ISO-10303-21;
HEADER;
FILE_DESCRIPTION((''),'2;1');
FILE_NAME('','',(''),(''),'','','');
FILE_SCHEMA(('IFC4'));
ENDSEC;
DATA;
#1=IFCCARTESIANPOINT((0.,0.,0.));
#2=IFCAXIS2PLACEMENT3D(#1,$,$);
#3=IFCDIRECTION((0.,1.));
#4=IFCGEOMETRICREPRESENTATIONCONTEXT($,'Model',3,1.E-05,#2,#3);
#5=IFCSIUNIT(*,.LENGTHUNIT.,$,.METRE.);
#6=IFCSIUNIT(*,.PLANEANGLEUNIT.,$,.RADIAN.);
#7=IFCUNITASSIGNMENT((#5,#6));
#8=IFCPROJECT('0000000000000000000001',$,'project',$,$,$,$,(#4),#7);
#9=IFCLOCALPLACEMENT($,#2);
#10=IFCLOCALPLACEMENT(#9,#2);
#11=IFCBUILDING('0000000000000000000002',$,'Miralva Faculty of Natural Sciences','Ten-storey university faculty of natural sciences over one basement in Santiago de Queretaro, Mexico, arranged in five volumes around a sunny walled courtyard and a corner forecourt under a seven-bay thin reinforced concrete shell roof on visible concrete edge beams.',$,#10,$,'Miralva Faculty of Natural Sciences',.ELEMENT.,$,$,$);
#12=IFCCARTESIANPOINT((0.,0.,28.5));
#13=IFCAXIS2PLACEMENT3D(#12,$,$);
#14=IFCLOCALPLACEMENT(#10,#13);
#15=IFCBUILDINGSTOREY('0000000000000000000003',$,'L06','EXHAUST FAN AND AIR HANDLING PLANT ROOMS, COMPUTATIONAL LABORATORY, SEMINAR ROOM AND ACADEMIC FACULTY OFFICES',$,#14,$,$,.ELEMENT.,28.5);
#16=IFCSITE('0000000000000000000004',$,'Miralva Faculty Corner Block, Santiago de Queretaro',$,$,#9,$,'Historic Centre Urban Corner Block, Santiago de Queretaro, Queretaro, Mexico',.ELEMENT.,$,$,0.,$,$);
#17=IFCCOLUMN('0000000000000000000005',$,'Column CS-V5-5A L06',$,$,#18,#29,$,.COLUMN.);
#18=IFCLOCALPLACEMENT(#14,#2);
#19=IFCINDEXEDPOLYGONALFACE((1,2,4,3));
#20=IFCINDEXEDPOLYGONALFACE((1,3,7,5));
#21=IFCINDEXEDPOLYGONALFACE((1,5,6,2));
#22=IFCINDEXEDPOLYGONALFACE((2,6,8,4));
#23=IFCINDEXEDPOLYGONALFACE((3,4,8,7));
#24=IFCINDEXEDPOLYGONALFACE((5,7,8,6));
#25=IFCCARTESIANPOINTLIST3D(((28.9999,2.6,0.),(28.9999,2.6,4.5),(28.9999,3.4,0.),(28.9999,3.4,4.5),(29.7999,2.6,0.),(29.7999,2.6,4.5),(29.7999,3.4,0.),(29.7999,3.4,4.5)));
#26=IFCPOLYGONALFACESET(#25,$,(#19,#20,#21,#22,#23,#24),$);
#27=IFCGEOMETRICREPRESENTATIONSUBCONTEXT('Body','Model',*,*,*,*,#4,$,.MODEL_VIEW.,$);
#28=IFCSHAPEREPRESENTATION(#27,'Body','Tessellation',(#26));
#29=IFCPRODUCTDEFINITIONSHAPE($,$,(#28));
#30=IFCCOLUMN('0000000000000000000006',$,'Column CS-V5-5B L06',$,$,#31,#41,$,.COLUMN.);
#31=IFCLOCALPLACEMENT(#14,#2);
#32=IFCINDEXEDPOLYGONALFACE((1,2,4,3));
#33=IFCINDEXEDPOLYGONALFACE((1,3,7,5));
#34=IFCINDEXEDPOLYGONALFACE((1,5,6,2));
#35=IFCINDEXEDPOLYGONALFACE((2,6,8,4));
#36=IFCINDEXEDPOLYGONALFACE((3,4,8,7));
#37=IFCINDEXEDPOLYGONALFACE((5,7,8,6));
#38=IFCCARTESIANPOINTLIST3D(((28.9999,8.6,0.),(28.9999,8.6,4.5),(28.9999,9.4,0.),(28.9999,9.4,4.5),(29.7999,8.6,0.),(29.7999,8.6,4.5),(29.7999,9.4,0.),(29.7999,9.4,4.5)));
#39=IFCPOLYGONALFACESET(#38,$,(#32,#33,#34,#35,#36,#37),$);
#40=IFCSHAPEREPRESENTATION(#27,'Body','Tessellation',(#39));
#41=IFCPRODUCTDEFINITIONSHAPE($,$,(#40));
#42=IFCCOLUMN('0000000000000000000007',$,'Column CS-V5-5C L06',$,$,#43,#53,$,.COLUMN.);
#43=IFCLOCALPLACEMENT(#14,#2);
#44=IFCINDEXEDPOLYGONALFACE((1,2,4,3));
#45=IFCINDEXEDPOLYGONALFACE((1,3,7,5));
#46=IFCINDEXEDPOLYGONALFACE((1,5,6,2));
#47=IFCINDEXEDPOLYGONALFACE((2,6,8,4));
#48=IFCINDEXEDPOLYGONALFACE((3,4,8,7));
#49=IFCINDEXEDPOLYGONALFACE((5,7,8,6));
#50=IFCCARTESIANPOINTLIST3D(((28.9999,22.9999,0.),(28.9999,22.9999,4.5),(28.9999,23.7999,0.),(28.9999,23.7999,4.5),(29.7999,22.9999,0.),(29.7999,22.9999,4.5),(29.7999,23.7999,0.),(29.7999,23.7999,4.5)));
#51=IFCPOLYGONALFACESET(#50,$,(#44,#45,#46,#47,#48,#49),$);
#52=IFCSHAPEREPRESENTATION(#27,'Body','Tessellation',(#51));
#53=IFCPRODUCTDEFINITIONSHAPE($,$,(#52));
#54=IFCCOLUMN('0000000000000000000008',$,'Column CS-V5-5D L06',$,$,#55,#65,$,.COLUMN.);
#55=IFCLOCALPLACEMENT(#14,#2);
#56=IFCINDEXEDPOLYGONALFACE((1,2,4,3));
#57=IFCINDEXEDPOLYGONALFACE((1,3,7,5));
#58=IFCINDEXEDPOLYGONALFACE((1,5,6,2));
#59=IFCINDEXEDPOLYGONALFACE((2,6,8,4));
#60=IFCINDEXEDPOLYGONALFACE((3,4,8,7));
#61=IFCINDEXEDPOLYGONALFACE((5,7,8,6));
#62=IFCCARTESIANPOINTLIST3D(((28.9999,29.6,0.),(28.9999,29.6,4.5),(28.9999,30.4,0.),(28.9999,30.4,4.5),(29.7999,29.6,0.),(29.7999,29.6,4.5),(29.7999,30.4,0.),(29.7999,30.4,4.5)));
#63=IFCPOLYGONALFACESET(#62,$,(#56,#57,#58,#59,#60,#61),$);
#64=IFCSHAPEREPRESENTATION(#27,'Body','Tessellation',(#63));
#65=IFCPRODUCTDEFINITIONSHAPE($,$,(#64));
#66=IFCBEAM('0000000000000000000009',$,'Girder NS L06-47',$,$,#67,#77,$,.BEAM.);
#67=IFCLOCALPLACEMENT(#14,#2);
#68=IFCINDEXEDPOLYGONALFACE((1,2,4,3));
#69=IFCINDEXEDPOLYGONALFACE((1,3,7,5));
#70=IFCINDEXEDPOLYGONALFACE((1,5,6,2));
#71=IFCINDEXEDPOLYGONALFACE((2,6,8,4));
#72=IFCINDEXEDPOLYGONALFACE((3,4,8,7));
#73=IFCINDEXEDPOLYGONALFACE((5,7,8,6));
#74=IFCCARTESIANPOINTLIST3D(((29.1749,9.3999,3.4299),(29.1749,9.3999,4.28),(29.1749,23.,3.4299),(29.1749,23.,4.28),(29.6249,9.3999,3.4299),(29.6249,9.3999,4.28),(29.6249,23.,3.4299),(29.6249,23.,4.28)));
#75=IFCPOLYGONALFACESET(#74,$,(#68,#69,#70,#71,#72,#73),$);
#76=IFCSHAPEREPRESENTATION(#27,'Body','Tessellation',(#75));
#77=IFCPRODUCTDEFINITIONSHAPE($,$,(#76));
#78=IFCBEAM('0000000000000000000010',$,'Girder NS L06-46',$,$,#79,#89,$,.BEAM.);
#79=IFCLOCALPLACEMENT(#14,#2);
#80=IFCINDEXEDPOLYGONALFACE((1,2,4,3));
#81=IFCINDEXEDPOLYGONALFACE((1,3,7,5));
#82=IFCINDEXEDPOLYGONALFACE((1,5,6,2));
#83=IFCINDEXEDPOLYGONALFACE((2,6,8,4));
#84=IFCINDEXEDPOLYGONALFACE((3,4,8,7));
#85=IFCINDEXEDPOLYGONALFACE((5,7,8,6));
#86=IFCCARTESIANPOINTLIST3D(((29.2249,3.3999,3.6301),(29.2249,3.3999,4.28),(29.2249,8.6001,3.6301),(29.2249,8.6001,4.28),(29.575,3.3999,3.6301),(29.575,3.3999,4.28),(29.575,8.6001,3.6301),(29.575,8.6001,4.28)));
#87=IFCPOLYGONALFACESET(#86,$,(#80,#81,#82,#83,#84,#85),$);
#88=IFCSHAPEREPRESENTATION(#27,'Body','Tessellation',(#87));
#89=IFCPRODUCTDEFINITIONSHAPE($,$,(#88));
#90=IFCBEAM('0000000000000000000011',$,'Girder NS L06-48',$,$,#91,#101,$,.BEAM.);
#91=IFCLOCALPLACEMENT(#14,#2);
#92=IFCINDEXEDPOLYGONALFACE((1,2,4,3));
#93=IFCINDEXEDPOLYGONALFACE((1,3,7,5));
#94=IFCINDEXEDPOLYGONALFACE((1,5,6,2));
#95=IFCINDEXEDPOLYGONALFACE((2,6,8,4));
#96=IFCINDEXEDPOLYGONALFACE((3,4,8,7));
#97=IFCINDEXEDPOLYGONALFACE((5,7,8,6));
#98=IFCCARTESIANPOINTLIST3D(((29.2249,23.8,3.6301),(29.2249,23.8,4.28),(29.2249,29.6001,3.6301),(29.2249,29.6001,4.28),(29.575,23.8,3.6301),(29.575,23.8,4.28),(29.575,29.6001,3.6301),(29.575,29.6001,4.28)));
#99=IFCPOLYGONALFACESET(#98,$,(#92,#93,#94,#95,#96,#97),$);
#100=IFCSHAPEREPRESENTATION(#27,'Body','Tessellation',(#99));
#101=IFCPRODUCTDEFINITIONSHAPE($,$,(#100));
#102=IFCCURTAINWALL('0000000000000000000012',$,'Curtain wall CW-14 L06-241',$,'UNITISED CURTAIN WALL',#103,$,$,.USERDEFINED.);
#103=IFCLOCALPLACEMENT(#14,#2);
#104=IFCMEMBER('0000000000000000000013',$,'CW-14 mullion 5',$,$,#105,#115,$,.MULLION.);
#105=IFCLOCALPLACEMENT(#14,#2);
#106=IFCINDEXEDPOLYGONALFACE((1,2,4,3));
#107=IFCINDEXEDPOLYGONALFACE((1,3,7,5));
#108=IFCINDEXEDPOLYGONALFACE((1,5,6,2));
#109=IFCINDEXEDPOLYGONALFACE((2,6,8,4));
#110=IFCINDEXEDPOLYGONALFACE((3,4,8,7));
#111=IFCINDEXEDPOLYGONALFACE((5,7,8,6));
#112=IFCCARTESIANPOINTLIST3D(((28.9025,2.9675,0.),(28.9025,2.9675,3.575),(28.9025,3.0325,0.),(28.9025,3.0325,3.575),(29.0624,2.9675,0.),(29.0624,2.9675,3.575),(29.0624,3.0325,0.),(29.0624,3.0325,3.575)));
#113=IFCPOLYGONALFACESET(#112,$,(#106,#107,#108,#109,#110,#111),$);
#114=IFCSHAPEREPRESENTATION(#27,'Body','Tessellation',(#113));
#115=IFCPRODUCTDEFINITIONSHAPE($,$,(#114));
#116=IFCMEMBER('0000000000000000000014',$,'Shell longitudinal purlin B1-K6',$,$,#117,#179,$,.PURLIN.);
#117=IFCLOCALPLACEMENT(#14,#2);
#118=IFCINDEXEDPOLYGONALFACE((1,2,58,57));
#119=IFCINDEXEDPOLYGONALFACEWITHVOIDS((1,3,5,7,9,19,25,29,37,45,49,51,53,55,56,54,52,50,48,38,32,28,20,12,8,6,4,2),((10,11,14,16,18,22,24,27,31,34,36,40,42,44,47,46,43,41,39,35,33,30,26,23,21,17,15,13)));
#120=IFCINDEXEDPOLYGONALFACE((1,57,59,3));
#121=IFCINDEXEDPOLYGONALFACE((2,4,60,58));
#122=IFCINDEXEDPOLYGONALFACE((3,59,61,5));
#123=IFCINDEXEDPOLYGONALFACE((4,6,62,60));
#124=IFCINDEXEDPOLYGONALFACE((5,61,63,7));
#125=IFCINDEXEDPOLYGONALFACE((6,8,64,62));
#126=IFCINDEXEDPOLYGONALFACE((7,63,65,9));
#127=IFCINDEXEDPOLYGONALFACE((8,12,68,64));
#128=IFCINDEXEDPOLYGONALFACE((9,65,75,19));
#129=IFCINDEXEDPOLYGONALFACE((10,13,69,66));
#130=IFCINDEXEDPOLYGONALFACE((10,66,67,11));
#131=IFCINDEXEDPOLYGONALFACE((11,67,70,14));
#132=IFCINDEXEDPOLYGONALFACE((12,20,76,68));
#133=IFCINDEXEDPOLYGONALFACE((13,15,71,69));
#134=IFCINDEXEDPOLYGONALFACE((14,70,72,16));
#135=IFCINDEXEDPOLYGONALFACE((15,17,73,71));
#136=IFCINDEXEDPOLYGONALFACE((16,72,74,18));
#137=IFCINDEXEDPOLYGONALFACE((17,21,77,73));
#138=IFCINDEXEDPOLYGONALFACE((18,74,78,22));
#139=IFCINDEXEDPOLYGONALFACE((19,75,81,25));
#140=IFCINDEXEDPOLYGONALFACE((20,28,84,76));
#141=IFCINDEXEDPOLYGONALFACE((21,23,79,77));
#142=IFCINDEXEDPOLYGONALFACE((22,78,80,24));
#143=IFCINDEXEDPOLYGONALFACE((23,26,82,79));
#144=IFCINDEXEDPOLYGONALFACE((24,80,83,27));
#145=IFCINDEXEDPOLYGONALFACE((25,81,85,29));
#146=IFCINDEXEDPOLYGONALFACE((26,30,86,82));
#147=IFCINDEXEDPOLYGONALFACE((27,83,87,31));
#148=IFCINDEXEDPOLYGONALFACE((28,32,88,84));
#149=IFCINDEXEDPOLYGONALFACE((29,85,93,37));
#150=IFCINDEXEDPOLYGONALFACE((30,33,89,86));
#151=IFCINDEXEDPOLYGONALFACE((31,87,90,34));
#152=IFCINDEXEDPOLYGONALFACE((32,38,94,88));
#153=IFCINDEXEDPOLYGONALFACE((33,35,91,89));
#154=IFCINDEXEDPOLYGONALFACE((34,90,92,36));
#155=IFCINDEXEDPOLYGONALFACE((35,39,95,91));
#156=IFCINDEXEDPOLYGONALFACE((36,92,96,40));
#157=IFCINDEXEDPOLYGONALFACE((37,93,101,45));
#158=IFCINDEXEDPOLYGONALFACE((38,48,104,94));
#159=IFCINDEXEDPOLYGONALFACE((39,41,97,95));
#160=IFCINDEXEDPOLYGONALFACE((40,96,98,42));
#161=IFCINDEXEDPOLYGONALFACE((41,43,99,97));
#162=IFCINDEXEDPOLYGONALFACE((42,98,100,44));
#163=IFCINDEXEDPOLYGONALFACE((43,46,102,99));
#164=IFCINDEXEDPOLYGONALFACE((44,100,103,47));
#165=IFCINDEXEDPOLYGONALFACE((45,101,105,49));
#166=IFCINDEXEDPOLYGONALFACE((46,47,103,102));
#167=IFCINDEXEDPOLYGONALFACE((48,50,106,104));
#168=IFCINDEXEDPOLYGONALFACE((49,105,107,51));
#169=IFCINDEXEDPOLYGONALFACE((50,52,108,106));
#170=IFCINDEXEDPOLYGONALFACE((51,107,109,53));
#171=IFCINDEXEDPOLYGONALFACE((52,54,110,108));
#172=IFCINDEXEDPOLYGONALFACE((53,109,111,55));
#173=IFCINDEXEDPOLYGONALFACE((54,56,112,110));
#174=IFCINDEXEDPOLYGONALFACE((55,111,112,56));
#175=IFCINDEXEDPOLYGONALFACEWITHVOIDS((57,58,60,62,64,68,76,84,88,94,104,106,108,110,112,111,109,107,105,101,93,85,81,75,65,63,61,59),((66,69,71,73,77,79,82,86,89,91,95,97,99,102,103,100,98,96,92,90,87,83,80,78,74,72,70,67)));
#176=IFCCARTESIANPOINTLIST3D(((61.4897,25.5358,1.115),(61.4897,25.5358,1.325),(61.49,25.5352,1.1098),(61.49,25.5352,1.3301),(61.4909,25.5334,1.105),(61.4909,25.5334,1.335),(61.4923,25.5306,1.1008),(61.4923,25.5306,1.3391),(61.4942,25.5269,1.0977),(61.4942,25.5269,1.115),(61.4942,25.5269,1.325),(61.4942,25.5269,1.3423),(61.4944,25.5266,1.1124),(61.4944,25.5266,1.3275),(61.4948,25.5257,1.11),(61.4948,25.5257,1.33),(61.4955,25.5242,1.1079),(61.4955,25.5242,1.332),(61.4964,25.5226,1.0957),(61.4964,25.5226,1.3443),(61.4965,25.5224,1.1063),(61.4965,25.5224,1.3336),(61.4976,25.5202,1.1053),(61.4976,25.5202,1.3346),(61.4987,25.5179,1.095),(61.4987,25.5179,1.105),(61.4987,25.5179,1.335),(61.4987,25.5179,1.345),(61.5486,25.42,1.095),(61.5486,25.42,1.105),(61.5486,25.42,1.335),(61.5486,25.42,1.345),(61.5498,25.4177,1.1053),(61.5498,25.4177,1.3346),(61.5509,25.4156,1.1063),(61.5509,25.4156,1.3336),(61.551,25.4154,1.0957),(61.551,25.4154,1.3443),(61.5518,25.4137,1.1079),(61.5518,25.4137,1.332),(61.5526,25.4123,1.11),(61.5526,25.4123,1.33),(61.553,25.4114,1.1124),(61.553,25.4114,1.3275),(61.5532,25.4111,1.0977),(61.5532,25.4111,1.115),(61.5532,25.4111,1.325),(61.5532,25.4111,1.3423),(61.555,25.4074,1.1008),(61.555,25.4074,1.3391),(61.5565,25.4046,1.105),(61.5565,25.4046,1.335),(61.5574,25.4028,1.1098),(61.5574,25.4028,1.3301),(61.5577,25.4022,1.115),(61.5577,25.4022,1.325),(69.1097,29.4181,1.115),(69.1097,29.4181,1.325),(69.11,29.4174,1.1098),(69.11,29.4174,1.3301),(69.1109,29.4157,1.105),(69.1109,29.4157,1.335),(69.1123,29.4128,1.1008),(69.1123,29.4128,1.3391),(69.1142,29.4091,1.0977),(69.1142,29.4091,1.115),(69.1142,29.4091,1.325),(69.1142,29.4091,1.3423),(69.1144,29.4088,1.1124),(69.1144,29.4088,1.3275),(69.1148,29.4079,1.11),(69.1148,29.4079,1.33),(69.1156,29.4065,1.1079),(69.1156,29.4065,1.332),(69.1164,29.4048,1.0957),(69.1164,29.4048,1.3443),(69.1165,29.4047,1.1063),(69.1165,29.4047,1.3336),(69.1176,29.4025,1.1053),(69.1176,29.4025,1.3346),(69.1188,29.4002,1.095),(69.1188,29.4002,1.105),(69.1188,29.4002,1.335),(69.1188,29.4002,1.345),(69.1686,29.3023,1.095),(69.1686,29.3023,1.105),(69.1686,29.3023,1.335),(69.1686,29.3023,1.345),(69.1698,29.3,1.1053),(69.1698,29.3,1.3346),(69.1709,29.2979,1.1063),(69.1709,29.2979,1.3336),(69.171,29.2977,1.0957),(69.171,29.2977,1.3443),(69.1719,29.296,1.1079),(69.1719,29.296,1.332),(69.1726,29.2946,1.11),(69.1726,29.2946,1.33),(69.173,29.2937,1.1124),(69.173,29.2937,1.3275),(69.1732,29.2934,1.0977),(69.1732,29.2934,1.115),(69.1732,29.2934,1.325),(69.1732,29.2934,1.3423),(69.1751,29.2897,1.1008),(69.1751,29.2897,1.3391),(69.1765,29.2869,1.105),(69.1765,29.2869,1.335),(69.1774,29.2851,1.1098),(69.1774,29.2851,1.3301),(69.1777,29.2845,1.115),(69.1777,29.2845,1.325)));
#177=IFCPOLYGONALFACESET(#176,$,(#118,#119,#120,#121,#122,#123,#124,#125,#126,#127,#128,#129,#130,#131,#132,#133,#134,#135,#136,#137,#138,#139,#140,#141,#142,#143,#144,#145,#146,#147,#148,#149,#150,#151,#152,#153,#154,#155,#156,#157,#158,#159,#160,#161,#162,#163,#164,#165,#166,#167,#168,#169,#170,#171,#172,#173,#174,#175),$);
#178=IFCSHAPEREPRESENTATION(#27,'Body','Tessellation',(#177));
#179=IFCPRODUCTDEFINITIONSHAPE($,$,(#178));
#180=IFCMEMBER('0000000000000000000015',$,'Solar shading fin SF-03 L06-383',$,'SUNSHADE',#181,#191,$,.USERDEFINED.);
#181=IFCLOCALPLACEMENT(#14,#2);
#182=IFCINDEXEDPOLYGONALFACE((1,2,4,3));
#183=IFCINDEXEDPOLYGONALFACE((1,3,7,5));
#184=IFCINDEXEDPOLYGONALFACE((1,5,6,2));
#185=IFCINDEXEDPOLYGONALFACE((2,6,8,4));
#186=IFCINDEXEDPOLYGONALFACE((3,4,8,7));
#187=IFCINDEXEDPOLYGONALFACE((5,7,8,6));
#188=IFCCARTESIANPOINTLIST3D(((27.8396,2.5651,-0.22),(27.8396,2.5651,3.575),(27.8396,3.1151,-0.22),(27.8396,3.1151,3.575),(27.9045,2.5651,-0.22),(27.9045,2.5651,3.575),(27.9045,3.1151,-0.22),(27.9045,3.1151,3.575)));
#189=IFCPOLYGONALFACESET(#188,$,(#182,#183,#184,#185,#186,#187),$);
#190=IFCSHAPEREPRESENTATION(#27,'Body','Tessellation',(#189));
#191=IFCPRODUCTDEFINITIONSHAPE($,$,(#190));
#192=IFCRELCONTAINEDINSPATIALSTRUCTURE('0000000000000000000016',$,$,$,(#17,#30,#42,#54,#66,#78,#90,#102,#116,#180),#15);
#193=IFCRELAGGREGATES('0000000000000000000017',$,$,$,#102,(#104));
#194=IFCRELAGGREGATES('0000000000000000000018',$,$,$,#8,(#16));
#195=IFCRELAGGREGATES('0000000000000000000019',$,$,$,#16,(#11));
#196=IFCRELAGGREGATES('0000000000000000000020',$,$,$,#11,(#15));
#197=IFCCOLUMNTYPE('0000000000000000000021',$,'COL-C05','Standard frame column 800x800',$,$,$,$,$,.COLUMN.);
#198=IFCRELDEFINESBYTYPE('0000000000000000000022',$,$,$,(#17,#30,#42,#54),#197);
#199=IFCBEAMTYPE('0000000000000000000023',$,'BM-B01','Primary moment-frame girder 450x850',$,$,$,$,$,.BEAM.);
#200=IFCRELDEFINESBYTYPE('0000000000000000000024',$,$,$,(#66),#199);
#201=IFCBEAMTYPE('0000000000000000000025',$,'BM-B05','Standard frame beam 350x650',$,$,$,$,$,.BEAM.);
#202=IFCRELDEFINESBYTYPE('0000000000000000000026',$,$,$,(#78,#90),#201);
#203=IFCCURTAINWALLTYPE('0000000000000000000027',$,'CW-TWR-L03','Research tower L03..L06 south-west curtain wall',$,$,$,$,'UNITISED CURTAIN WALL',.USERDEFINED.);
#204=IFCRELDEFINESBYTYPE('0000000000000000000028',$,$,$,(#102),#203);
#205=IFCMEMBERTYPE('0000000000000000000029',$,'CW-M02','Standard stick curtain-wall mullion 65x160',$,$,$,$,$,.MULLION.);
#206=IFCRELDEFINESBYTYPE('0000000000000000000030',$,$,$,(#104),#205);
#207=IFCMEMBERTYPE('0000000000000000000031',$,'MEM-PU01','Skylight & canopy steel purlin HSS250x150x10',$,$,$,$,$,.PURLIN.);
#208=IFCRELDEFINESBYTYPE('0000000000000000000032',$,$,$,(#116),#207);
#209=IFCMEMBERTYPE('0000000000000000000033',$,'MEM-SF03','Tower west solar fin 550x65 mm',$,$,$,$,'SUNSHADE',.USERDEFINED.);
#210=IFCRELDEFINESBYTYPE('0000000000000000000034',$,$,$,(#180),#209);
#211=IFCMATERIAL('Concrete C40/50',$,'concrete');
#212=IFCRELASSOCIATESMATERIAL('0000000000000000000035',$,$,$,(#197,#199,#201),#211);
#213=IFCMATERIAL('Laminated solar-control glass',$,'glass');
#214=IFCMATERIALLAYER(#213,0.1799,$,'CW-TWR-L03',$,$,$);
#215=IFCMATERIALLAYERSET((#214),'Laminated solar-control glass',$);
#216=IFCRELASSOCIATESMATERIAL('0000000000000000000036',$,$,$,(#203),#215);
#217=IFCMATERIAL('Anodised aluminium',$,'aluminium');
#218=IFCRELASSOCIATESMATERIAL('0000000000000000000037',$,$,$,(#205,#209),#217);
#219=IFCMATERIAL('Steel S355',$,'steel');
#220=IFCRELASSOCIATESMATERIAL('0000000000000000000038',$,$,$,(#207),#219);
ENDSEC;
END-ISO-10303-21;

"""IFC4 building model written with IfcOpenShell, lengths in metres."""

from ifc_helpers import new_model, si_unit, direction, frame, origin, origin_2d, place, context, subcontext, project, spatial, rectangle, hollow_rectangle, extrude, material, layer, layer_set, material_profile, profile_set, type_object, element, aggregate, save


model = new_model("IFC4")

# Units and contexts
model_context = context("Model", 3, precision=1e-05, world=origin(), true_north=direction((0.0, 1.0)))
body_context = subcontext(model_context, "Body", "Model", "MODEL_VIEW")
ifc_project = project(units=[si_unit("LENGTHUNIT", "METRE"), si_unit("PLANEANGLEUNIT", "RADIAN")], contexts=[model_context])

# Site, building, storey
site_placement = place(None, origin())
site = spatial("IfcSite", under=ifc_project, at=site_placement, Name="Miralva Faculty Corner Block, Santiago de Queretaro", LongName="Historic Centre Urban Corner Block, Santiago de Queretaro, Queretaro, Mexico", CompositionType="ELEMENT", RefElevation=0.0)
building_placement = place(site_placement, origin())
building = spatial("IfcBuilding", under=site, at=building_placement, Name="Miralva Faculty of Natural Sciences", Description="Ten-storey university faculty of natural sciences over one basement in Santiago de Queretaro, Mexico, arranged in five volumes around a sunny walled courtyard and a corner forecourt under a seven-bay thin reinforced concrete shell roof on visible concrete edge beams.", LongName="Miralva Faculty of Natural Sciences", CompositionType="ELEMENT")
storey_placement = place(building_placement, frame((0.0, 0.0, 28.5)))
storey = spatial("IfcBuildingStorey", under=building, at=storey_placement, Name="L06", Description="EXHAUST FAN AND AIR HANDLING PLANT ROOMS, COMPUTATIONAL LABORATORY, SEMINAR ROOM AND ACADEMIC FACULTY OFFICES", CompositionType="ELEMENT", Elevation=28.5)

# Columns
ifc_material_1 = material(Name="Concrete C40/50", Category="concrete")
ifc_material_profile_1 = material_profile(ifc_material_1, rectangle(XDim=0.8, YDim=0.8, at=origin_2d()), Name="RC 800x800")
ifc_profile_set_1 = profile_set([ifc_material_profile_1], Name="Concrete C40/50")
column_type = type_object("IfcColumnType", Name="COL-C05", Description="Standard frame column 800x800", PredefinedType="COLUMN", material=ifc_profile_set_1)
for number, where, z_axis, x_axis, name in (
    (1, (29.3999, 3.0, 0.0), (0.0, 0.0, 1.0), (1.0, 0.0, 0.0), "Column CS-V5-5A L06"),
    (2, (29.3999, 9.0, 0.0), (0.0, 0.0, 1.0), (1.0, 0.0, 0.0), "Column CS-V5-5B L06"),
    (3, (29.3999, 23.3999, 0.0), (0.0, 0.0, 1.0), (1.0, 0.0, 0.0), "Column CS-V5-5C L06"),
    (4, (29.3999, 30.0, 0.0), (0.0, 0.0, 1.0), (1.0, 0.0, 0.0), "Column CS-V5-5D L06"),
):
    element("IfcColumn", number, at=place(storey_placement, frame(where, z_axis=z_axis, x_axis=x_axis)), inside=storey, type_object=column_type, Name=name, PredefinedType="COLUMN", context=body_context, shape_type="SweptSolid", body=[
        extrude(rectangle(XDim=0.8, YDim=0.8, at=origin_2d()), origin(), (0.0, 0.0, 1.0), 4.5),
    ])

# Beams
ifc_material_profile_2 = material_profile(ifc_material_1, rectangle(XDim=0.45, YDim=0.8501, at=origin_2d()), Name="RC 450x850")
ifc_profile_set_2 = profile_set([ifc_material_profile_2], Name="Concrete C40/50")
beam_type_1 = type_object("IfcBeamType", Name="BM-B01", Description="Primary moment-frame girder 450x850", PredefinedType="BEAM", material=ifc_profile_set_2)
beam_1_placement = place(storey_placement, frame((29.3999, 9.3999, 3.855), z_axis=(0.0, 1.0, 0.0), x_axis=(-1.0, 0.0, 0.0)))
element("IfcBeam", 5, at=beam_1_placement, inside=storey, type_object=beam_type_1, Name="Girder NS L06-47", PredefinedType="BEAM", context=body_context, shape_type="SweptSolid", body=[
    extrude(rectangle(XDim=0.45, YDim=0.8501, at=origin_2d()), origin(), (0.0, 0.0, 1.0), 13.6001),
])
ifc_material_profile_3 = material_profile(ifc_material_1, rectangle(XDim=0.3501, YDim=0.6499, at=origin_2d()), Name="RC 350x650")
ifc_profile_set_3 = profile_set([ifc_material_profile_3], Name="Concrete C40/50")
beam_type_2 = type_object("IfcBeamType", Name="BM-B05", Description="Standard frame beam 350x650", PredefinedType="BEAM", material=ifc_profile_set_3)
beam_2_placement = place(storey_placement, frame((29.3999, 3.3999, 3.9551), z_axis=(0.0, 1.0, 0.0), x_axis=(-1.0, 0.0, 0.0)))
element("IfcBeam", 6, at=beam_2_placement, inside=storey, type_object=beam_type_2, Name="Girder NS L06-46", PredefinedType="BEAM", context=body_context, shape_type="SweptSolid", body=[
    extrude(rectangle(XDim=0.3501, YDim=0.6499, at=origin_2d()), origin(), (0.0, 0.0, 1.0), 5.2002),
])
beam_3_placement = place(storey_placement, frame((29.3999, 23.8, 3.9551), z_axis=(0.0, 1.0, 0.0), x_axis=(-1.0, 0.0, 0.0)))
element("IfcBeam", 7, at=beam_3_placement, inside=storey, type_object=beam_type_2, Name="Girder NS L06-48", PredefinedType="BEAM", context=body_context, shape_type="SweptSolid", body=[
    extrude(rectangle(XDim=0.3501, YDim=0.6499, at=origin_2d()), origin(), (0.0, 0.0, 1.0), 5.8),
])

# Curtain wall, member
ifc_material_2 = material(Name="Laminated solar-control glass", Category="glass")
ifc_layer_1 = layer(ifc_material_2, 0.1799, Name="CW-TWR-L03")
ifc_layer_set_1 = layer_set([ifc_layer_1], Name="Laminated solar-control glass")
curtain_wall_type = type_object("IfcCurtainWallType", Name="CW-TWR-L03", Description="Research tower L03..L06 south-west curtain wall", ElementType="UNITISED CURTAIN WALL", PredefinedType="USERDEFINED", material=ifc_layer_set_1)
curtain_wall_placement = place(storey_placement, origin())
curtain_wall = element("IfcCurtainWall", 8, at=curtain_wall_placement, inside=storey, type_object=curtain_wall_type, Name="Curtain wall CW-14 L06-241", ObjectType="UNITISED CURTAIN WALL", PredefinedType="USERDEFINED")
ifc_material_3 = material(Name="Anodised aluminium", Category="aluminium")
ifc_material_profile_4 = material_profile(ifc_material_3, rectangle(XDim=0.0649, YDim=0.1599, at=origin_2d()), Name="MULLION 65x160")
ifc_profile_set_4 = profile_set([ifc_material_profile_4], Name="Anodised aluminium")
member_type_1 = type_object("IfcMemberType", Name="CW-M02", Description="Standard stick curtain-wall mullion 65x160", PredefinedType="MULLION", material=ifc_profile_set_4)
member_1_placement = place(storey_placement, frame((28.9824, 3.0, 0.0), z_axis=(0.0, 0.0, 1.0), x_axis=(0.0, 1.0, 0.0)))
member_1 = element("IfcMember", 9, at=member_1_placement, type_object=member_type_1, Name="CW-14 mullion 5", PredefinedType="MULLION", context=body_context, shape_type="SweptSolid", body=[
    extrude(rectangle(XDim=0.0649, YDim=0.1599, at=origin_2d()), origin(), (0.0, 0.0, 1.0), 3.575),
])

# Members
ifc_material_4 = material(Name="Steel S355", Category="steel")
ifc_material_profile_5 = material_profile(ifc_material_4, hollow_rectangle(XDim=0.1499, YDim=0.25, WallThickness=0.01, InnerFilletRadius=0.01, OuterFilletRadius=0.02, at=origin_2d()), Name="HSS 250x150x10")
ifc_profile_set_5 = profile_set([ifc_material_profile_5], Name="Steel S355")
member_type_2 = type_object("IfcMemberType", Name="MEM-PU01", Description="Skylight & canopy steel purlin HSS250x150x10", PredefinedType="PURLIN", material=ifc_profile_set_5)
member_2_placement = place(storey_placement, frame((61.5237, 25.469, 1.22), z_axis=(0.891022, 0.453961, 0.0), x_axis=(-0.453961, 0.891022, 0.0)))
element("IfcMember", 10, at=member_2_placement, inside=storey, type_object=member_type_2, Name="Shell longitudinal purlin B1-K6", PredefinedType="PURLIN", context=body_context, shape_type="SweptSolid", body=[
    extrude(hollow_rectangle(XDim=0.1499, YDim=0.25, WallThickness=0.01, InnerFilletRadius=0.01, OuterFilletRadius=0.02, at=origin_2d()), origin(), (0.0, 0.0, 1.0), 8.552),
])
ifc_material_profile_6 = material_profile(ifc_material_3, rectangle(XDim=0.0649, YDim=0.55, at=origin_2d()), Name="FIN 550x65")
ifc_profile_set_6 = profile_set([ifc_material_profile_6], Name="Anodised aluminium")
member_type_3 = type_object("IfcMemberType", Name="MEM-SF03", Description="Tower west solar fin 550x65 mm", ElementType="SUNSHADE", PredefinedType="USERDEFINED", material=ifc_profile_set_6)
member_3_placement = place(storey_placement, frame((27.8721, 2.8401, -0.22), z_axis=(0.0, 0.0, 1.0), x_axis=(1.0, 0.0, 0.0)))
element("IfcMember", 11, at=member_3_placement, inside=storey, type_object=member_type_3, Name="Solar shading fin SF-03 L06-383", ObjectType="SUNSHADE", PredefinedType="USERDEFINED", context=body_context, shape_type="SweptSolid", body=[
    extrude(rectangle(XDim=0.0649, YDim=0.55, at=origin_2d()), origin(), (0.0, 0.0, 1.0), 3.7949),
])

aggregate(curtain_wall, [member_1])

save(model, "model.ifc")
